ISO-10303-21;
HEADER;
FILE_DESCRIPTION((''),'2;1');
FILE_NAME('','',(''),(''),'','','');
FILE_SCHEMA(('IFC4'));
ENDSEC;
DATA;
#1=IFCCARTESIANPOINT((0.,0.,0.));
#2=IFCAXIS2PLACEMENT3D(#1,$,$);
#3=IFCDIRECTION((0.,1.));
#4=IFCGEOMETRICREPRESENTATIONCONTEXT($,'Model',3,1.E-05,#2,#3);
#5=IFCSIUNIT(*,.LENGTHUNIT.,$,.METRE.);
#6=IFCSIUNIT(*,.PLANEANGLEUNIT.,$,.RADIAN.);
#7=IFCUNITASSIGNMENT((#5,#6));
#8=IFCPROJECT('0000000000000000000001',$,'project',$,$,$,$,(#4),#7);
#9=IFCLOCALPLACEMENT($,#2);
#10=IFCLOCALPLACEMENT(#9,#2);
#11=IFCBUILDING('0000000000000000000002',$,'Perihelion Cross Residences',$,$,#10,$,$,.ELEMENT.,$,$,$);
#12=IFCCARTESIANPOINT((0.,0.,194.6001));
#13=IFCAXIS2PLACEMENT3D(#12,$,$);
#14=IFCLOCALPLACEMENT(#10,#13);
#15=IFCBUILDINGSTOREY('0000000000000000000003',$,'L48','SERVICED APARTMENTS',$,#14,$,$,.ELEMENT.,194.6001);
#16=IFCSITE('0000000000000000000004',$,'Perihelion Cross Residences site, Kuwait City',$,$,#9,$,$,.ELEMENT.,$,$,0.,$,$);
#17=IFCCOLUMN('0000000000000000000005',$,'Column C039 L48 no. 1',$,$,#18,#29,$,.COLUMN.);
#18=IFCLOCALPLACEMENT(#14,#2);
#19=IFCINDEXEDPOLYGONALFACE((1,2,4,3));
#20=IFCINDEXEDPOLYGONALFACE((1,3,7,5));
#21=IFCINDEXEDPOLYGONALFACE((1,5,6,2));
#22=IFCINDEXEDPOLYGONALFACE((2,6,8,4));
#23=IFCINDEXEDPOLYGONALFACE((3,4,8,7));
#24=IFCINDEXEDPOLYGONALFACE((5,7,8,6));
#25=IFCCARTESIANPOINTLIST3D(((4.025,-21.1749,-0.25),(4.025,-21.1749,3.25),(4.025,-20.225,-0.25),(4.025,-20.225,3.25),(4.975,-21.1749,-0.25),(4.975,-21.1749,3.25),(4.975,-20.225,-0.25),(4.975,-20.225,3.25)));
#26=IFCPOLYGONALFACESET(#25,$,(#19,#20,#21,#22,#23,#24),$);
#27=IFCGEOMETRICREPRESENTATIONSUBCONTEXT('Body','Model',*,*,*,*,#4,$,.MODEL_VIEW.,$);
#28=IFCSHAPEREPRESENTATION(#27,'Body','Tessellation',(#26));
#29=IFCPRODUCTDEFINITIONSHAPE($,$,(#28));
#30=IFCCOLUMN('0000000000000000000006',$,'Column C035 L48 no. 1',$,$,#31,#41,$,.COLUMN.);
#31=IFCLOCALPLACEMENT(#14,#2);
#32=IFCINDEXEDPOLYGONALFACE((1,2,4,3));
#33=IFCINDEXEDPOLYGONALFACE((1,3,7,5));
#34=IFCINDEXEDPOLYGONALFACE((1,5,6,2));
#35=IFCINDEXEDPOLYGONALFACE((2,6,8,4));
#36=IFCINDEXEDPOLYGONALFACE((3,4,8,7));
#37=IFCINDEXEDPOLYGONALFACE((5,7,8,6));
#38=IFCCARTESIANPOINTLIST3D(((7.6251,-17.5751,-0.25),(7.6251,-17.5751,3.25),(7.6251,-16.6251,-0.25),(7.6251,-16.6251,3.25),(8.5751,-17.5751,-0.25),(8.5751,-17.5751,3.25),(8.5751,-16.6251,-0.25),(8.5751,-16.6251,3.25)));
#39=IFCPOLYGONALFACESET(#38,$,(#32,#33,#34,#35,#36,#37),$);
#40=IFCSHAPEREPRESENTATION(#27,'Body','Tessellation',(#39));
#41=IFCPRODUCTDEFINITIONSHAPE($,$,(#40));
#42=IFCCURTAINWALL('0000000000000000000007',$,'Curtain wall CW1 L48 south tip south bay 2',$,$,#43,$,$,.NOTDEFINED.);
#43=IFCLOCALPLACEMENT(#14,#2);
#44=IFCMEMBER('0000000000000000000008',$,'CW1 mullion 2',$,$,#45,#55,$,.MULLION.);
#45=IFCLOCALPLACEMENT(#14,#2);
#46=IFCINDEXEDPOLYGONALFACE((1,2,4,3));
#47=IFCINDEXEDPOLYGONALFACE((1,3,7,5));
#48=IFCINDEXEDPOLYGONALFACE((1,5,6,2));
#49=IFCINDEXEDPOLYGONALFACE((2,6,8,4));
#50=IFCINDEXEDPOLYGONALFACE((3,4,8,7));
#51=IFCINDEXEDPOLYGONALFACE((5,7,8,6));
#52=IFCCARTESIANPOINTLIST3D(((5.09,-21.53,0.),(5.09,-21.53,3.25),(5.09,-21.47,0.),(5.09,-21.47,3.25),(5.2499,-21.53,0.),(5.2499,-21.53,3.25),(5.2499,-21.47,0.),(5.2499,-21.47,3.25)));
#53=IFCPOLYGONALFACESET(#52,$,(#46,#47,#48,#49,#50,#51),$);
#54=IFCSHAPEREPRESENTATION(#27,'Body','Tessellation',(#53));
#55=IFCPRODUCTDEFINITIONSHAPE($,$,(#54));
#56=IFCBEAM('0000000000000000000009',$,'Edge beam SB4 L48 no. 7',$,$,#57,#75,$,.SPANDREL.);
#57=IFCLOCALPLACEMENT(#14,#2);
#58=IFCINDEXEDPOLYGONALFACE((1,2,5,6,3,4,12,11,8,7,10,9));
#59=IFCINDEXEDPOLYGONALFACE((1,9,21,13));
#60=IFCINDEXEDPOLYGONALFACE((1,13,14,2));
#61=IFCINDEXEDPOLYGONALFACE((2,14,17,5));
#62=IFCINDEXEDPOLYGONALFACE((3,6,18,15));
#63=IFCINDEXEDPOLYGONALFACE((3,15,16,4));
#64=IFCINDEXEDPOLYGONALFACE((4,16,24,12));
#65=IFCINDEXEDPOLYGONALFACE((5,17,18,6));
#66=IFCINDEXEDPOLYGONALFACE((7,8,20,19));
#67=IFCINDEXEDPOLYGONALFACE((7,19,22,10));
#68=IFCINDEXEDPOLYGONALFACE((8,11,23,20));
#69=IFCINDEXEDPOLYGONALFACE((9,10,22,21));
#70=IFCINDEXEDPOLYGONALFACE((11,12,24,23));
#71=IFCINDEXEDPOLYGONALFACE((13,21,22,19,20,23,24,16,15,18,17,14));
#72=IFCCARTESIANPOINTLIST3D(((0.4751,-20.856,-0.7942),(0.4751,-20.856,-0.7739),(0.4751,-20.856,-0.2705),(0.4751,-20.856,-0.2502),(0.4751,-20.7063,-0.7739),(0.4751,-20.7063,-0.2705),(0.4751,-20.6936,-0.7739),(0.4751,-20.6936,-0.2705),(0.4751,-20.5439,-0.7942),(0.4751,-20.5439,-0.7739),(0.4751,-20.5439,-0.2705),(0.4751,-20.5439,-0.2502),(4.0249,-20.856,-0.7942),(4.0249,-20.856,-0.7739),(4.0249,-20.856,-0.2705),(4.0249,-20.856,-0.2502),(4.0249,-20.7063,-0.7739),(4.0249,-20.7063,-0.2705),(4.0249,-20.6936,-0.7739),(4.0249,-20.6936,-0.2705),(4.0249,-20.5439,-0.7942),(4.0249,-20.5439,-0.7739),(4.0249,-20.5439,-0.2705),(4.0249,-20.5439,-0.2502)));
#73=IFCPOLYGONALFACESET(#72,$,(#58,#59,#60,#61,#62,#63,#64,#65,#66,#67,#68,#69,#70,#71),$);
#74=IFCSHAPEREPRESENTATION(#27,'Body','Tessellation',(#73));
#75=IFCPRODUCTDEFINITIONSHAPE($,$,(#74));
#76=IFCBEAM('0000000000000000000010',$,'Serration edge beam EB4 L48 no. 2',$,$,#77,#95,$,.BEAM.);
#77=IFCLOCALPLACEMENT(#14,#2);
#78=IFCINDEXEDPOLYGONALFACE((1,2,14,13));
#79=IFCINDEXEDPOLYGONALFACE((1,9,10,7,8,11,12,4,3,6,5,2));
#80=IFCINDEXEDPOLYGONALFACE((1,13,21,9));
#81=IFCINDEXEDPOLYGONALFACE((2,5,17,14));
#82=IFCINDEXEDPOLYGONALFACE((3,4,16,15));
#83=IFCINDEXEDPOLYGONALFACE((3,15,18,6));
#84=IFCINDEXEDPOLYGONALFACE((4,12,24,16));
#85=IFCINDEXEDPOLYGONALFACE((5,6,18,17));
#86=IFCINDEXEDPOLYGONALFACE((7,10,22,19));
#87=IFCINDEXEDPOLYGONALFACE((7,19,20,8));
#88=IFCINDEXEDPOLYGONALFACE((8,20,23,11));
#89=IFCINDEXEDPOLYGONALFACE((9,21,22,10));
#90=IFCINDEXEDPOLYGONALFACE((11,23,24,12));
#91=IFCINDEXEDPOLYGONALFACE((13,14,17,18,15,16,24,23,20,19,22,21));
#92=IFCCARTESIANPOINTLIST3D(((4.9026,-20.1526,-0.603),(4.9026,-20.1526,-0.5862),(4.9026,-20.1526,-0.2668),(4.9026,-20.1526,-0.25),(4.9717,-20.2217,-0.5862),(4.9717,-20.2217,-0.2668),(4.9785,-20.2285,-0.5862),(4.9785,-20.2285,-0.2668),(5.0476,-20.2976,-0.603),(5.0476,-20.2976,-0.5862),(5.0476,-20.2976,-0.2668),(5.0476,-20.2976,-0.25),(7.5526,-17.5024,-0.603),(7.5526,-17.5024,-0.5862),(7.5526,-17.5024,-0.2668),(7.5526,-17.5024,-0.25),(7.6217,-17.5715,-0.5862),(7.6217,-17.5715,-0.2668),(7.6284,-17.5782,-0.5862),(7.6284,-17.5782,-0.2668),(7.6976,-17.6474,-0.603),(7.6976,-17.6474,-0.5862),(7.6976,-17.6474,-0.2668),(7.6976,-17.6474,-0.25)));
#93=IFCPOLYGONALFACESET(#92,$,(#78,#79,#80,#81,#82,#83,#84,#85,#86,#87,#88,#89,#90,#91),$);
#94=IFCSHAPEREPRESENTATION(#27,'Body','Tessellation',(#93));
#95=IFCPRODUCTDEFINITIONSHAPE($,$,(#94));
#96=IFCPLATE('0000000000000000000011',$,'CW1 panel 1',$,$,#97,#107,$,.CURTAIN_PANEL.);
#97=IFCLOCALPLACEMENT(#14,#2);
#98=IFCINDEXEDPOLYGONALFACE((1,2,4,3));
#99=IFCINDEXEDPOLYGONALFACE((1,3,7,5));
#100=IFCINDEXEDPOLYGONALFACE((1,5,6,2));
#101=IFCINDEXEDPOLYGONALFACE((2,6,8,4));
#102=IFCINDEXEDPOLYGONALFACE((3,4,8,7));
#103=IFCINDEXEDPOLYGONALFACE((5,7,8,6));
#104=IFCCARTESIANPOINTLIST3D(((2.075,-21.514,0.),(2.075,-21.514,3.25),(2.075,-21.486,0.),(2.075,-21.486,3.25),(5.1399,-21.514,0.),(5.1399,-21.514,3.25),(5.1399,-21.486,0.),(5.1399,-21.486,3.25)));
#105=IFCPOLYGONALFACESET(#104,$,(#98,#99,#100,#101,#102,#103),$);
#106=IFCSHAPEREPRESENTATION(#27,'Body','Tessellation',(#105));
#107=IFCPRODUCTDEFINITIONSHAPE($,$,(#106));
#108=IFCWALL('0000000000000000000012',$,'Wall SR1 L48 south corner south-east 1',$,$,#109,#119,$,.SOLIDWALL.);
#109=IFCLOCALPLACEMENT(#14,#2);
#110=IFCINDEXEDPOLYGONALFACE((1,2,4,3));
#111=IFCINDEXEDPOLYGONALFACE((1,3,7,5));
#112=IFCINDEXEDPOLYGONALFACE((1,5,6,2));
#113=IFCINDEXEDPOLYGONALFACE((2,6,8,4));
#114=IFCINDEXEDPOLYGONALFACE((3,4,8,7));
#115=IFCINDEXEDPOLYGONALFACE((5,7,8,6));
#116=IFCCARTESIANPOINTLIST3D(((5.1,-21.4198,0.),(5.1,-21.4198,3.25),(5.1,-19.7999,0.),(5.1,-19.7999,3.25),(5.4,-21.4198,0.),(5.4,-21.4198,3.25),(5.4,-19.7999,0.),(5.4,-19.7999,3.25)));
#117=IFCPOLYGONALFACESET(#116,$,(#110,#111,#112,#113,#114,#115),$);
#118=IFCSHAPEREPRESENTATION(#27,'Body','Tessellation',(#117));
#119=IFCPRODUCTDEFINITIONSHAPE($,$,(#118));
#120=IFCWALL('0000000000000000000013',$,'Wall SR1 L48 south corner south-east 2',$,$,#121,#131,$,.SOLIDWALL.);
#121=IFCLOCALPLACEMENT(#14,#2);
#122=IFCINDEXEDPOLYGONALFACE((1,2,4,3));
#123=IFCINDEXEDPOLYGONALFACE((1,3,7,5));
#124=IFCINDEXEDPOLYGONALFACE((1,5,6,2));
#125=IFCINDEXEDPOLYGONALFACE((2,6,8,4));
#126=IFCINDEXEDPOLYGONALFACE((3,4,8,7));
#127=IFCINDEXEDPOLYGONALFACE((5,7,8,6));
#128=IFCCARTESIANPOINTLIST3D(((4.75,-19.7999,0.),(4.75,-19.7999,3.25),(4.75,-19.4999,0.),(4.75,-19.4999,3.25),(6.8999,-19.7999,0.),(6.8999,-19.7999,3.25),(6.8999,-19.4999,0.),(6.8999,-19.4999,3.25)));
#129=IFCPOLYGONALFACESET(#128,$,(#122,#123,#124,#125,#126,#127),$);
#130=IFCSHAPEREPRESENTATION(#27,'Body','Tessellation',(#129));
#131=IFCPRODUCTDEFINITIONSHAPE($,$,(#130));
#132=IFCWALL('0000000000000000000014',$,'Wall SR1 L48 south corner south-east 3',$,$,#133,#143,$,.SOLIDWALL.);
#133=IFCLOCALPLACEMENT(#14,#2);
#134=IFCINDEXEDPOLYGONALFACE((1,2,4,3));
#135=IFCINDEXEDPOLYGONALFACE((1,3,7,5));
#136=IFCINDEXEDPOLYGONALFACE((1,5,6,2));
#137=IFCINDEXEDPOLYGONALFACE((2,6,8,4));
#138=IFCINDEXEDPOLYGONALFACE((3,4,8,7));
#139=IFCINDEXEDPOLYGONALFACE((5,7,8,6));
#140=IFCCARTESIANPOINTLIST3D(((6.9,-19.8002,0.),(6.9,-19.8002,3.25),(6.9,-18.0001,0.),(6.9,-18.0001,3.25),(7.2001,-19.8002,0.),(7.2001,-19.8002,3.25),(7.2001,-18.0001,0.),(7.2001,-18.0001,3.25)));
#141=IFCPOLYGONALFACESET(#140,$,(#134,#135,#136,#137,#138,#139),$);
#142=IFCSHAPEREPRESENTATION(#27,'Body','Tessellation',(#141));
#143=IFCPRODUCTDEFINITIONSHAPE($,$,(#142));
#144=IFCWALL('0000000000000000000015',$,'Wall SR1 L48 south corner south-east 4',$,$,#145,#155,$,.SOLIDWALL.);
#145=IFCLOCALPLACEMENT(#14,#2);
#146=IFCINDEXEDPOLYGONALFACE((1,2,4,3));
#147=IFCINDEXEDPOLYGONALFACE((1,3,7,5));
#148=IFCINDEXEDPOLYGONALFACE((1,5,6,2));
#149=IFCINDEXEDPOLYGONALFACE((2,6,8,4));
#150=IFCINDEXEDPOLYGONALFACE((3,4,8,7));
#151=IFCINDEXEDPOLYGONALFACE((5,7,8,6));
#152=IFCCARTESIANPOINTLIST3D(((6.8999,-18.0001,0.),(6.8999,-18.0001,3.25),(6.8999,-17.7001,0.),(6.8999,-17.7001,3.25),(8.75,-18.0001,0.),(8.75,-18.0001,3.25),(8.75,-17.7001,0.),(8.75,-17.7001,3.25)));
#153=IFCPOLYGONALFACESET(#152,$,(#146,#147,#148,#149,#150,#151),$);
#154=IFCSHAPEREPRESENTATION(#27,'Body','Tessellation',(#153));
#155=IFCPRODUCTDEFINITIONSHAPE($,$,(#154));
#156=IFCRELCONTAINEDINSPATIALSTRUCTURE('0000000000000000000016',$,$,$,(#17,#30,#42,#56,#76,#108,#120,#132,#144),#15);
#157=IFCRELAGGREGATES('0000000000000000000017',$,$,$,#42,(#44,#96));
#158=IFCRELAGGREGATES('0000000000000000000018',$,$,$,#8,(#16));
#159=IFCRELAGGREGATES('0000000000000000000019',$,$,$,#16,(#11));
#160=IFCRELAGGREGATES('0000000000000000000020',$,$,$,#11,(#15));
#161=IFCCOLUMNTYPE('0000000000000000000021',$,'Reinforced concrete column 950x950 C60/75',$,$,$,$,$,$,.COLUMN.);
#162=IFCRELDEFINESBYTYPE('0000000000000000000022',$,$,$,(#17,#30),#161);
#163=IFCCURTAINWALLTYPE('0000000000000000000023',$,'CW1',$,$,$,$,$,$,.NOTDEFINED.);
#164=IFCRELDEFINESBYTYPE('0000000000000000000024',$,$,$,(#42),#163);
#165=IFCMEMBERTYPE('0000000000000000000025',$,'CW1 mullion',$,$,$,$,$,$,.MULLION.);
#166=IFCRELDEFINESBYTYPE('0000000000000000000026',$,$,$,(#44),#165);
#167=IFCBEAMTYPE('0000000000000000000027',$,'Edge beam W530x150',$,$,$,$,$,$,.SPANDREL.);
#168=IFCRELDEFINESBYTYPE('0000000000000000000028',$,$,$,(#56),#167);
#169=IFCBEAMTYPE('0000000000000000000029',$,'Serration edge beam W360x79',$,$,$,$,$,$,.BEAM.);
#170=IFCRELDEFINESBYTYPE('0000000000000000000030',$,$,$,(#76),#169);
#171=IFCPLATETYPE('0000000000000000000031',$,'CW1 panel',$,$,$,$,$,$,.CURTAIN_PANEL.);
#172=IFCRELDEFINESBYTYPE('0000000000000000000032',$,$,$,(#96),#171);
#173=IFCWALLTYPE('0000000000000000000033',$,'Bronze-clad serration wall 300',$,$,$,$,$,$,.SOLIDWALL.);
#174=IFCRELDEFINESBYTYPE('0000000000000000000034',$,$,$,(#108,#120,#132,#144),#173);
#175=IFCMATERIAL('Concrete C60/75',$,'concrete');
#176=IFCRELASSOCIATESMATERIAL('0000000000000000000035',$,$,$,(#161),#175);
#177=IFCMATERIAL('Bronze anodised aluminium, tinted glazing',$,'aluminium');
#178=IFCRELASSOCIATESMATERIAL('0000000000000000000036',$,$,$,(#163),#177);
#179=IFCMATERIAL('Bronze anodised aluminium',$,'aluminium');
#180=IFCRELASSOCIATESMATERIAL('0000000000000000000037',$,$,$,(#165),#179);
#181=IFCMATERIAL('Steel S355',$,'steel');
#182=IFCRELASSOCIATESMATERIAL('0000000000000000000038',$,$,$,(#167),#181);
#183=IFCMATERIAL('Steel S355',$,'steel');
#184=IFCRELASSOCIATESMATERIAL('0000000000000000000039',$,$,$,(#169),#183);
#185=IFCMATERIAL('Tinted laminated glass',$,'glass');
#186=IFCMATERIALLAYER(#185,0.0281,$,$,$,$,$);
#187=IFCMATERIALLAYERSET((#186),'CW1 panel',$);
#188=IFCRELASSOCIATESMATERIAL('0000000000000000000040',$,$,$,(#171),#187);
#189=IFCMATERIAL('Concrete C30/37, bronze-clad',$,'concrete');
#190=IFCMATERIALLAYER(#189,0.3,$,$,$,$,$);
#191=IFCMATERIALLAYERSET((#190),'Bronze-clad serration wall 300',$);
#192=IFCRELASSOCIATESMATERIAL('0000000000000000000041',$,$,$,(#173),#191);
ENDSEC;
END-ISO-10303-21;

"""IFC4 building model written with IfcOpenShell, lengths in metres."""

from ifc_helpers import new_model, si_unit, direction, frame, frame_2d, origin, origin_2d, place, context, subcontext, project, spatial, rectangle, i_section, extrude, material, layer, layer_set, material_profile, profile_set, type_object, element, aggregate, save


model = new_model("IFC4")

# Units and contexts
model_context = context("Model", 3, precision=1e-05, world=origin(), true_north=direction((0.0, 1.0)))
body_context = subcontext(model_context, "Body", "Model", "MODEL_VIEW")
ifc_project = project(units=[si_unit("LENGTHUNIT", "METRE"), si_unit("PLANEANGLEUNIT", "RADIAN")], contexts=[model_context])

# Site, building, storey
site_placement = place(None, origin())
site = spatial("IfcSite", under=ifc_project, at=site_placement, Name="Perihelion Cross Residences site, Kuwait City", CompositionType="ELEMENT", RefElevation=0.0)
building_placement = place(site_placement, origin())
building = spatial("IfcBuilding", under=site, at=building_placement, Name="Perihelion Cross Residences", CompositionType="ELEMENT")
storey_placement = place(building_placement, frame((0.0, 0.0, 194.6001)))
storey = spatial("IfcBuildingStorey", under=building, at=storey_placement, Name="L48", Description="SERVICED APARTMENTS", CompositionType="ELEMENT", Elevation=194.6001)

# Columns
ifc_material_1 = material(Name="Concrete C60/75", Category="concrete")
ifc_material_profile_1 = material_profile(ifc_material_1, rectangle(XDim=0.95, YDim=0.95, at=origin_2d()), Name="RC 950x950")
ifc_profile_set_1 = profile_set([ifc_material_profile_1], Name="Concrete C60/75")
column_type = type_object("IfcColumnType", Name="Reinforced concrete column 950x950 C60/75", PredefinedType="COLUMN", material=ifc_profile_set_1)
for number, where, z_axis, x_axis, name in (
    (1, (4.5, -20.7, -0.25), (0.0, 0.0, 1.0), (1.0, 0.0, 0.0), "Column C039 L48 no. 1"),
    (2, (8.1001, -17.1001, -0.25), (0.0, 0.0, 1.0), (1.0, 0.0, 0.0), "Column C035 L48 no. 1"),
):
    element("IfcColumn", number, at=place(storey_placement, frame(where, z_axis=z_axis, x_axis=x_axis)), inside=storey, type_object=column_type, Name=name, PredefinedType="COLUMN", context=body_context, shape_type="SweptSolid", body=[
        extrude(rectangle(XDim=0.95, YDim=0.95, at=origin_2d()), origin(), (0.0, 0.0, 1.0), 3.5),
    ])

# Curtain wall, member
ifc_material_2 = material(Name="Bronze anodised aluminium, tinted glazing", Category="aluminium")
curtain_wall_type = type_object("IfcCurtainWallType", Name="CW1", PredefinedType="NOTDEFINED", material=ifc_material_2)
curtain_wall_placement = place(storey_placement, origin())
curtain_wall = element("IfcCurtainWall", 3, at=curtain_wall_placement, inside=storey, type_object=curtain_wall_type, Name="Curtain wall CW1 L48 south tip south bay 2", PredefinedType="NOTDEFINED")
ifc_material_3 = material(Name="Bronze anodised aluminium", Category="aluminium")
ifc_material_profile_2 = material_profile(ifc_material_3, rectangle(XDim=0.0601, YDim=0.1599, at=origin_2d()), Name="CW1 mullion")
ifc_profile_set_2 = profile_set([ifc_material_profile_2], Name="Bronze anodised aluminium")
member_type = type_object("IfcMemberType", Name="CW1 mullion", PredefinedType="MULLION", material=ifc_profile_set_2)
member_placement = place(storey_placement, frame((5.1699, -21.5, 0.0), z_axis=(0.0, 0.0, 1.0), x_axis=(0.0, 1.0, 0.0)))
member = element("IfcMember", 4, at=member_placement, type_object=member_type, Name="CW1 mullion 2", PredefinedType="MULLION", context=body_context, shape_type="SweptSolid", body=[
    extrude(rectangle(XDim=0.0601, YDim=0.1599, at=origin_2d()), origin(), (0.0, 0.0, 1.0), 3.25),
])

# Beams
ifc_material_4 = material(Name="Steel S355", Category="steel")
ifc_material_profile_3 = material_profile(ifc_material_4, i_section(OverallWidth=0.312, OverallDepth=0.5439, WebThickness=0.0127, FlangeThickness=0.0203, at=origin_2d()), Name="W530x150")
ifc_profile_set_3 = profile_set([ifc_material_profile_3], Name="Steel S355")
beam_type_1 = type_object("IfcBeamType", Name="Edge beam W530x150", PredefinedType="SPANDREL", material=ifc_profile_set_3)
beam_1_placement = place(storey_placement, frame((0.4751, -20.7, -0.5222), z_axis=(1.0, 0.0, 0.0), x_axis=(0.0, 1.0, 0.0)))
element("IfcBeam", 5, at=beam_1_placement, inside=storey, type_object=beam_type_1, Name="Edge beam SB4 L48 no. 7", PredefinedType="SPANDREL", context=body_context, shape_type="SweptSolid", body=[
    extrude(i_section(OverallWidth=0.312, OverallDepth=0.5439, WebThickness=0.0127, FlangeThickness=0.0203, at=origin_2d()), origin(), (0.0, 0.0, 1.0), 3.5498),
])
ifc_material_5 = material(Name="Steel S355", Category="steel")
ifc_material_profile_4 = material_profile(ifc_material_5, i_section(OverallWidth=0.2051, OverallDepth=0.353, WebThickness=0.0095, FlangeThickness=0.0168, at=origin_2d()), Name="W360x79")
ifc_profile_set_4 = profile_set([ifc_material_profile_4], Name="Steel S355")
beam_type_2 = type_object("IfcBeamType", Name="Serration edge beam W360x79", PredefinedType="BEAM", material=ifc_profile_set_4)
beam_2_placement = place(storey_placement, frame((4.9751, -20.2251, -0.4265), z_axis=(0.707074, 0.707139, 0.0), x_axis=(-0.707139, 0.707074, 0.0)))
element("IfcBeam", 6, at=beam_2_placement, inside=storey, type_object=beam_type_2, Name="Serration edge beam EB4 L48 no. 2", PredefinedType="BEAM", context=body_context, shape_type="SweptSolid", body=[
    extrude(i_section(OverallWidth=0.2051, OverallDepth=0.353, WebThickness=0.0095, FlangeThickness=0.0168, at=origin_2d()), origin(), (0.0, 0.0, 1.0), 3.7478),
])

# Plate
ifc_material_6 = material(Name="Tinted laminated glass", Category="glass")
ifc_layer_1 = layer(ifc_material_6, 0.0281)
ifc_layer_set_1 = layer_set([ifc_layer_1], Name="CW1 panel")
plate_type = type_object("IfcPlateType", Name="CW1 panel", PredefinedType="CURTAIN_PANEL", material=ifc_layer_set_1)
plate_placement = place(storey_placement, frame((3.6074, -21.5, 0.0), z_axis=(0.0, 0.0, 1.0), x_axis=(1.0, 0.0, 0.0)))
plate = element("IfcPlate", 7, at=plate_placement, type_object=plate_type, Name="CW1 panel 1", PredefinedType="CURTAIN_PANEL", context=body_context, shape_type="SweptSolid", body=[
    extrude(rectangle(XDim=3.0649, YDim=0.0281, at=origin_2d()), origin(), (0.0, 0.0, 1.0), 3.25),
])
aggregate(curtain_wall, [member, plate])

# Walls
ifc_material_7 = material(Name="Concrete C30/37, bronze-clad", Category="concrete")
ifc_layer_2 = layer(ifc_material_7, 0.3)
ifc_layer_set_2 = layer_set([ifc_layer_2], Name="Bronze-clad serration wall 300")
wall_type_1 = type_object("IfcWallType", Name="Bronze-clad serration wall 300", PredefinedType="SOLIDWALL", material=ifc_layer_set_2)
wall_1_placement = place(storey_placement, frame((5.25, -21.4199, 0.0), z_axis=(0.0, 0.0, 1.0), x_axis=(0.0, 1.0, 0.0)))
element("IfcWall", 8, at=wall_1_placement, inside=storey, type_object=wall_type_1, Name="Wall SR1 L48 south corner south-east 1", PredefinedType="SOLIDWALL", context=body_context, shape_type="SweptSolid", body=[
    extrude(rectangle(XDim=1.6199, YDim=0.3, at=frame_2d((0.8101, 0.0))), origin(), (0.0, 0.0, 1.0), 3.25),
])
wall_2_placement = place(storey_placement, frame((4.75, -19.6499, 0.0), z_axis=(0.0, 0.0, 1.0), x_axis=(1.0, 0.0, 0.0)))
element("IfcWall", 9, at=wall_2_placement, inside=storey, type_object=wall_type_1, Name="Wall SR1 L48 south corner south-east 2", PredefinedType="SOLIDWALL", context=body_context, shape_type="SweptSolid", body=[
    extrude(rectangle(XDim=2.1499, YDim=0.3, at=frame_2d((1.075, 0.0))), origin(), (0.0, 0.0, 1.0), 3.25),
])
wall_3_placement = place(storey_placement, frame((7.05, -19.8, 0.0), z_axis=(0.0, 0.0, 1.0), x_axis=(0.0, 1.0, 0.0)))
element("IfcWall", 10, at=wall_3_placement, inside=storey, type_object=wall_type_1, Name="Wall SR1 L48 south corner south-east 3", PredefinedType="SOLIDWALL", context=body_context, shape_type="SweptSolid", body=[
    extrude(rectangle(XDim=1.8, YDim=0.3, at=frame_2d((0.8999, 0.0))), origin(), (0.0, 0.0, 1.0), 3.25),
])
wall_4_placement = place(storey_placement, frame((6.8999, -17.8501, 0.0), z_axis=(0.0, 0.0, 1.0), x_axis=(1.0, 0.0, 0.0)))
element("IfcWall", 11, at=wall_4_placement, inside=storey, type_object=wall_type_1, Name="Wall SR1 L48 south corner south-east 4", PredefinedType="SOLIDWALL", context=body_context, shape_type="SweptSolid", body=[
    extrude(rectangle(XDim=1.8501, YDim=0.3, at=frame_2d((0.925, 0.0))), origin(), (0.0, 0.0, 1.0), 3.25),
])

save(model, "model.ifc")
